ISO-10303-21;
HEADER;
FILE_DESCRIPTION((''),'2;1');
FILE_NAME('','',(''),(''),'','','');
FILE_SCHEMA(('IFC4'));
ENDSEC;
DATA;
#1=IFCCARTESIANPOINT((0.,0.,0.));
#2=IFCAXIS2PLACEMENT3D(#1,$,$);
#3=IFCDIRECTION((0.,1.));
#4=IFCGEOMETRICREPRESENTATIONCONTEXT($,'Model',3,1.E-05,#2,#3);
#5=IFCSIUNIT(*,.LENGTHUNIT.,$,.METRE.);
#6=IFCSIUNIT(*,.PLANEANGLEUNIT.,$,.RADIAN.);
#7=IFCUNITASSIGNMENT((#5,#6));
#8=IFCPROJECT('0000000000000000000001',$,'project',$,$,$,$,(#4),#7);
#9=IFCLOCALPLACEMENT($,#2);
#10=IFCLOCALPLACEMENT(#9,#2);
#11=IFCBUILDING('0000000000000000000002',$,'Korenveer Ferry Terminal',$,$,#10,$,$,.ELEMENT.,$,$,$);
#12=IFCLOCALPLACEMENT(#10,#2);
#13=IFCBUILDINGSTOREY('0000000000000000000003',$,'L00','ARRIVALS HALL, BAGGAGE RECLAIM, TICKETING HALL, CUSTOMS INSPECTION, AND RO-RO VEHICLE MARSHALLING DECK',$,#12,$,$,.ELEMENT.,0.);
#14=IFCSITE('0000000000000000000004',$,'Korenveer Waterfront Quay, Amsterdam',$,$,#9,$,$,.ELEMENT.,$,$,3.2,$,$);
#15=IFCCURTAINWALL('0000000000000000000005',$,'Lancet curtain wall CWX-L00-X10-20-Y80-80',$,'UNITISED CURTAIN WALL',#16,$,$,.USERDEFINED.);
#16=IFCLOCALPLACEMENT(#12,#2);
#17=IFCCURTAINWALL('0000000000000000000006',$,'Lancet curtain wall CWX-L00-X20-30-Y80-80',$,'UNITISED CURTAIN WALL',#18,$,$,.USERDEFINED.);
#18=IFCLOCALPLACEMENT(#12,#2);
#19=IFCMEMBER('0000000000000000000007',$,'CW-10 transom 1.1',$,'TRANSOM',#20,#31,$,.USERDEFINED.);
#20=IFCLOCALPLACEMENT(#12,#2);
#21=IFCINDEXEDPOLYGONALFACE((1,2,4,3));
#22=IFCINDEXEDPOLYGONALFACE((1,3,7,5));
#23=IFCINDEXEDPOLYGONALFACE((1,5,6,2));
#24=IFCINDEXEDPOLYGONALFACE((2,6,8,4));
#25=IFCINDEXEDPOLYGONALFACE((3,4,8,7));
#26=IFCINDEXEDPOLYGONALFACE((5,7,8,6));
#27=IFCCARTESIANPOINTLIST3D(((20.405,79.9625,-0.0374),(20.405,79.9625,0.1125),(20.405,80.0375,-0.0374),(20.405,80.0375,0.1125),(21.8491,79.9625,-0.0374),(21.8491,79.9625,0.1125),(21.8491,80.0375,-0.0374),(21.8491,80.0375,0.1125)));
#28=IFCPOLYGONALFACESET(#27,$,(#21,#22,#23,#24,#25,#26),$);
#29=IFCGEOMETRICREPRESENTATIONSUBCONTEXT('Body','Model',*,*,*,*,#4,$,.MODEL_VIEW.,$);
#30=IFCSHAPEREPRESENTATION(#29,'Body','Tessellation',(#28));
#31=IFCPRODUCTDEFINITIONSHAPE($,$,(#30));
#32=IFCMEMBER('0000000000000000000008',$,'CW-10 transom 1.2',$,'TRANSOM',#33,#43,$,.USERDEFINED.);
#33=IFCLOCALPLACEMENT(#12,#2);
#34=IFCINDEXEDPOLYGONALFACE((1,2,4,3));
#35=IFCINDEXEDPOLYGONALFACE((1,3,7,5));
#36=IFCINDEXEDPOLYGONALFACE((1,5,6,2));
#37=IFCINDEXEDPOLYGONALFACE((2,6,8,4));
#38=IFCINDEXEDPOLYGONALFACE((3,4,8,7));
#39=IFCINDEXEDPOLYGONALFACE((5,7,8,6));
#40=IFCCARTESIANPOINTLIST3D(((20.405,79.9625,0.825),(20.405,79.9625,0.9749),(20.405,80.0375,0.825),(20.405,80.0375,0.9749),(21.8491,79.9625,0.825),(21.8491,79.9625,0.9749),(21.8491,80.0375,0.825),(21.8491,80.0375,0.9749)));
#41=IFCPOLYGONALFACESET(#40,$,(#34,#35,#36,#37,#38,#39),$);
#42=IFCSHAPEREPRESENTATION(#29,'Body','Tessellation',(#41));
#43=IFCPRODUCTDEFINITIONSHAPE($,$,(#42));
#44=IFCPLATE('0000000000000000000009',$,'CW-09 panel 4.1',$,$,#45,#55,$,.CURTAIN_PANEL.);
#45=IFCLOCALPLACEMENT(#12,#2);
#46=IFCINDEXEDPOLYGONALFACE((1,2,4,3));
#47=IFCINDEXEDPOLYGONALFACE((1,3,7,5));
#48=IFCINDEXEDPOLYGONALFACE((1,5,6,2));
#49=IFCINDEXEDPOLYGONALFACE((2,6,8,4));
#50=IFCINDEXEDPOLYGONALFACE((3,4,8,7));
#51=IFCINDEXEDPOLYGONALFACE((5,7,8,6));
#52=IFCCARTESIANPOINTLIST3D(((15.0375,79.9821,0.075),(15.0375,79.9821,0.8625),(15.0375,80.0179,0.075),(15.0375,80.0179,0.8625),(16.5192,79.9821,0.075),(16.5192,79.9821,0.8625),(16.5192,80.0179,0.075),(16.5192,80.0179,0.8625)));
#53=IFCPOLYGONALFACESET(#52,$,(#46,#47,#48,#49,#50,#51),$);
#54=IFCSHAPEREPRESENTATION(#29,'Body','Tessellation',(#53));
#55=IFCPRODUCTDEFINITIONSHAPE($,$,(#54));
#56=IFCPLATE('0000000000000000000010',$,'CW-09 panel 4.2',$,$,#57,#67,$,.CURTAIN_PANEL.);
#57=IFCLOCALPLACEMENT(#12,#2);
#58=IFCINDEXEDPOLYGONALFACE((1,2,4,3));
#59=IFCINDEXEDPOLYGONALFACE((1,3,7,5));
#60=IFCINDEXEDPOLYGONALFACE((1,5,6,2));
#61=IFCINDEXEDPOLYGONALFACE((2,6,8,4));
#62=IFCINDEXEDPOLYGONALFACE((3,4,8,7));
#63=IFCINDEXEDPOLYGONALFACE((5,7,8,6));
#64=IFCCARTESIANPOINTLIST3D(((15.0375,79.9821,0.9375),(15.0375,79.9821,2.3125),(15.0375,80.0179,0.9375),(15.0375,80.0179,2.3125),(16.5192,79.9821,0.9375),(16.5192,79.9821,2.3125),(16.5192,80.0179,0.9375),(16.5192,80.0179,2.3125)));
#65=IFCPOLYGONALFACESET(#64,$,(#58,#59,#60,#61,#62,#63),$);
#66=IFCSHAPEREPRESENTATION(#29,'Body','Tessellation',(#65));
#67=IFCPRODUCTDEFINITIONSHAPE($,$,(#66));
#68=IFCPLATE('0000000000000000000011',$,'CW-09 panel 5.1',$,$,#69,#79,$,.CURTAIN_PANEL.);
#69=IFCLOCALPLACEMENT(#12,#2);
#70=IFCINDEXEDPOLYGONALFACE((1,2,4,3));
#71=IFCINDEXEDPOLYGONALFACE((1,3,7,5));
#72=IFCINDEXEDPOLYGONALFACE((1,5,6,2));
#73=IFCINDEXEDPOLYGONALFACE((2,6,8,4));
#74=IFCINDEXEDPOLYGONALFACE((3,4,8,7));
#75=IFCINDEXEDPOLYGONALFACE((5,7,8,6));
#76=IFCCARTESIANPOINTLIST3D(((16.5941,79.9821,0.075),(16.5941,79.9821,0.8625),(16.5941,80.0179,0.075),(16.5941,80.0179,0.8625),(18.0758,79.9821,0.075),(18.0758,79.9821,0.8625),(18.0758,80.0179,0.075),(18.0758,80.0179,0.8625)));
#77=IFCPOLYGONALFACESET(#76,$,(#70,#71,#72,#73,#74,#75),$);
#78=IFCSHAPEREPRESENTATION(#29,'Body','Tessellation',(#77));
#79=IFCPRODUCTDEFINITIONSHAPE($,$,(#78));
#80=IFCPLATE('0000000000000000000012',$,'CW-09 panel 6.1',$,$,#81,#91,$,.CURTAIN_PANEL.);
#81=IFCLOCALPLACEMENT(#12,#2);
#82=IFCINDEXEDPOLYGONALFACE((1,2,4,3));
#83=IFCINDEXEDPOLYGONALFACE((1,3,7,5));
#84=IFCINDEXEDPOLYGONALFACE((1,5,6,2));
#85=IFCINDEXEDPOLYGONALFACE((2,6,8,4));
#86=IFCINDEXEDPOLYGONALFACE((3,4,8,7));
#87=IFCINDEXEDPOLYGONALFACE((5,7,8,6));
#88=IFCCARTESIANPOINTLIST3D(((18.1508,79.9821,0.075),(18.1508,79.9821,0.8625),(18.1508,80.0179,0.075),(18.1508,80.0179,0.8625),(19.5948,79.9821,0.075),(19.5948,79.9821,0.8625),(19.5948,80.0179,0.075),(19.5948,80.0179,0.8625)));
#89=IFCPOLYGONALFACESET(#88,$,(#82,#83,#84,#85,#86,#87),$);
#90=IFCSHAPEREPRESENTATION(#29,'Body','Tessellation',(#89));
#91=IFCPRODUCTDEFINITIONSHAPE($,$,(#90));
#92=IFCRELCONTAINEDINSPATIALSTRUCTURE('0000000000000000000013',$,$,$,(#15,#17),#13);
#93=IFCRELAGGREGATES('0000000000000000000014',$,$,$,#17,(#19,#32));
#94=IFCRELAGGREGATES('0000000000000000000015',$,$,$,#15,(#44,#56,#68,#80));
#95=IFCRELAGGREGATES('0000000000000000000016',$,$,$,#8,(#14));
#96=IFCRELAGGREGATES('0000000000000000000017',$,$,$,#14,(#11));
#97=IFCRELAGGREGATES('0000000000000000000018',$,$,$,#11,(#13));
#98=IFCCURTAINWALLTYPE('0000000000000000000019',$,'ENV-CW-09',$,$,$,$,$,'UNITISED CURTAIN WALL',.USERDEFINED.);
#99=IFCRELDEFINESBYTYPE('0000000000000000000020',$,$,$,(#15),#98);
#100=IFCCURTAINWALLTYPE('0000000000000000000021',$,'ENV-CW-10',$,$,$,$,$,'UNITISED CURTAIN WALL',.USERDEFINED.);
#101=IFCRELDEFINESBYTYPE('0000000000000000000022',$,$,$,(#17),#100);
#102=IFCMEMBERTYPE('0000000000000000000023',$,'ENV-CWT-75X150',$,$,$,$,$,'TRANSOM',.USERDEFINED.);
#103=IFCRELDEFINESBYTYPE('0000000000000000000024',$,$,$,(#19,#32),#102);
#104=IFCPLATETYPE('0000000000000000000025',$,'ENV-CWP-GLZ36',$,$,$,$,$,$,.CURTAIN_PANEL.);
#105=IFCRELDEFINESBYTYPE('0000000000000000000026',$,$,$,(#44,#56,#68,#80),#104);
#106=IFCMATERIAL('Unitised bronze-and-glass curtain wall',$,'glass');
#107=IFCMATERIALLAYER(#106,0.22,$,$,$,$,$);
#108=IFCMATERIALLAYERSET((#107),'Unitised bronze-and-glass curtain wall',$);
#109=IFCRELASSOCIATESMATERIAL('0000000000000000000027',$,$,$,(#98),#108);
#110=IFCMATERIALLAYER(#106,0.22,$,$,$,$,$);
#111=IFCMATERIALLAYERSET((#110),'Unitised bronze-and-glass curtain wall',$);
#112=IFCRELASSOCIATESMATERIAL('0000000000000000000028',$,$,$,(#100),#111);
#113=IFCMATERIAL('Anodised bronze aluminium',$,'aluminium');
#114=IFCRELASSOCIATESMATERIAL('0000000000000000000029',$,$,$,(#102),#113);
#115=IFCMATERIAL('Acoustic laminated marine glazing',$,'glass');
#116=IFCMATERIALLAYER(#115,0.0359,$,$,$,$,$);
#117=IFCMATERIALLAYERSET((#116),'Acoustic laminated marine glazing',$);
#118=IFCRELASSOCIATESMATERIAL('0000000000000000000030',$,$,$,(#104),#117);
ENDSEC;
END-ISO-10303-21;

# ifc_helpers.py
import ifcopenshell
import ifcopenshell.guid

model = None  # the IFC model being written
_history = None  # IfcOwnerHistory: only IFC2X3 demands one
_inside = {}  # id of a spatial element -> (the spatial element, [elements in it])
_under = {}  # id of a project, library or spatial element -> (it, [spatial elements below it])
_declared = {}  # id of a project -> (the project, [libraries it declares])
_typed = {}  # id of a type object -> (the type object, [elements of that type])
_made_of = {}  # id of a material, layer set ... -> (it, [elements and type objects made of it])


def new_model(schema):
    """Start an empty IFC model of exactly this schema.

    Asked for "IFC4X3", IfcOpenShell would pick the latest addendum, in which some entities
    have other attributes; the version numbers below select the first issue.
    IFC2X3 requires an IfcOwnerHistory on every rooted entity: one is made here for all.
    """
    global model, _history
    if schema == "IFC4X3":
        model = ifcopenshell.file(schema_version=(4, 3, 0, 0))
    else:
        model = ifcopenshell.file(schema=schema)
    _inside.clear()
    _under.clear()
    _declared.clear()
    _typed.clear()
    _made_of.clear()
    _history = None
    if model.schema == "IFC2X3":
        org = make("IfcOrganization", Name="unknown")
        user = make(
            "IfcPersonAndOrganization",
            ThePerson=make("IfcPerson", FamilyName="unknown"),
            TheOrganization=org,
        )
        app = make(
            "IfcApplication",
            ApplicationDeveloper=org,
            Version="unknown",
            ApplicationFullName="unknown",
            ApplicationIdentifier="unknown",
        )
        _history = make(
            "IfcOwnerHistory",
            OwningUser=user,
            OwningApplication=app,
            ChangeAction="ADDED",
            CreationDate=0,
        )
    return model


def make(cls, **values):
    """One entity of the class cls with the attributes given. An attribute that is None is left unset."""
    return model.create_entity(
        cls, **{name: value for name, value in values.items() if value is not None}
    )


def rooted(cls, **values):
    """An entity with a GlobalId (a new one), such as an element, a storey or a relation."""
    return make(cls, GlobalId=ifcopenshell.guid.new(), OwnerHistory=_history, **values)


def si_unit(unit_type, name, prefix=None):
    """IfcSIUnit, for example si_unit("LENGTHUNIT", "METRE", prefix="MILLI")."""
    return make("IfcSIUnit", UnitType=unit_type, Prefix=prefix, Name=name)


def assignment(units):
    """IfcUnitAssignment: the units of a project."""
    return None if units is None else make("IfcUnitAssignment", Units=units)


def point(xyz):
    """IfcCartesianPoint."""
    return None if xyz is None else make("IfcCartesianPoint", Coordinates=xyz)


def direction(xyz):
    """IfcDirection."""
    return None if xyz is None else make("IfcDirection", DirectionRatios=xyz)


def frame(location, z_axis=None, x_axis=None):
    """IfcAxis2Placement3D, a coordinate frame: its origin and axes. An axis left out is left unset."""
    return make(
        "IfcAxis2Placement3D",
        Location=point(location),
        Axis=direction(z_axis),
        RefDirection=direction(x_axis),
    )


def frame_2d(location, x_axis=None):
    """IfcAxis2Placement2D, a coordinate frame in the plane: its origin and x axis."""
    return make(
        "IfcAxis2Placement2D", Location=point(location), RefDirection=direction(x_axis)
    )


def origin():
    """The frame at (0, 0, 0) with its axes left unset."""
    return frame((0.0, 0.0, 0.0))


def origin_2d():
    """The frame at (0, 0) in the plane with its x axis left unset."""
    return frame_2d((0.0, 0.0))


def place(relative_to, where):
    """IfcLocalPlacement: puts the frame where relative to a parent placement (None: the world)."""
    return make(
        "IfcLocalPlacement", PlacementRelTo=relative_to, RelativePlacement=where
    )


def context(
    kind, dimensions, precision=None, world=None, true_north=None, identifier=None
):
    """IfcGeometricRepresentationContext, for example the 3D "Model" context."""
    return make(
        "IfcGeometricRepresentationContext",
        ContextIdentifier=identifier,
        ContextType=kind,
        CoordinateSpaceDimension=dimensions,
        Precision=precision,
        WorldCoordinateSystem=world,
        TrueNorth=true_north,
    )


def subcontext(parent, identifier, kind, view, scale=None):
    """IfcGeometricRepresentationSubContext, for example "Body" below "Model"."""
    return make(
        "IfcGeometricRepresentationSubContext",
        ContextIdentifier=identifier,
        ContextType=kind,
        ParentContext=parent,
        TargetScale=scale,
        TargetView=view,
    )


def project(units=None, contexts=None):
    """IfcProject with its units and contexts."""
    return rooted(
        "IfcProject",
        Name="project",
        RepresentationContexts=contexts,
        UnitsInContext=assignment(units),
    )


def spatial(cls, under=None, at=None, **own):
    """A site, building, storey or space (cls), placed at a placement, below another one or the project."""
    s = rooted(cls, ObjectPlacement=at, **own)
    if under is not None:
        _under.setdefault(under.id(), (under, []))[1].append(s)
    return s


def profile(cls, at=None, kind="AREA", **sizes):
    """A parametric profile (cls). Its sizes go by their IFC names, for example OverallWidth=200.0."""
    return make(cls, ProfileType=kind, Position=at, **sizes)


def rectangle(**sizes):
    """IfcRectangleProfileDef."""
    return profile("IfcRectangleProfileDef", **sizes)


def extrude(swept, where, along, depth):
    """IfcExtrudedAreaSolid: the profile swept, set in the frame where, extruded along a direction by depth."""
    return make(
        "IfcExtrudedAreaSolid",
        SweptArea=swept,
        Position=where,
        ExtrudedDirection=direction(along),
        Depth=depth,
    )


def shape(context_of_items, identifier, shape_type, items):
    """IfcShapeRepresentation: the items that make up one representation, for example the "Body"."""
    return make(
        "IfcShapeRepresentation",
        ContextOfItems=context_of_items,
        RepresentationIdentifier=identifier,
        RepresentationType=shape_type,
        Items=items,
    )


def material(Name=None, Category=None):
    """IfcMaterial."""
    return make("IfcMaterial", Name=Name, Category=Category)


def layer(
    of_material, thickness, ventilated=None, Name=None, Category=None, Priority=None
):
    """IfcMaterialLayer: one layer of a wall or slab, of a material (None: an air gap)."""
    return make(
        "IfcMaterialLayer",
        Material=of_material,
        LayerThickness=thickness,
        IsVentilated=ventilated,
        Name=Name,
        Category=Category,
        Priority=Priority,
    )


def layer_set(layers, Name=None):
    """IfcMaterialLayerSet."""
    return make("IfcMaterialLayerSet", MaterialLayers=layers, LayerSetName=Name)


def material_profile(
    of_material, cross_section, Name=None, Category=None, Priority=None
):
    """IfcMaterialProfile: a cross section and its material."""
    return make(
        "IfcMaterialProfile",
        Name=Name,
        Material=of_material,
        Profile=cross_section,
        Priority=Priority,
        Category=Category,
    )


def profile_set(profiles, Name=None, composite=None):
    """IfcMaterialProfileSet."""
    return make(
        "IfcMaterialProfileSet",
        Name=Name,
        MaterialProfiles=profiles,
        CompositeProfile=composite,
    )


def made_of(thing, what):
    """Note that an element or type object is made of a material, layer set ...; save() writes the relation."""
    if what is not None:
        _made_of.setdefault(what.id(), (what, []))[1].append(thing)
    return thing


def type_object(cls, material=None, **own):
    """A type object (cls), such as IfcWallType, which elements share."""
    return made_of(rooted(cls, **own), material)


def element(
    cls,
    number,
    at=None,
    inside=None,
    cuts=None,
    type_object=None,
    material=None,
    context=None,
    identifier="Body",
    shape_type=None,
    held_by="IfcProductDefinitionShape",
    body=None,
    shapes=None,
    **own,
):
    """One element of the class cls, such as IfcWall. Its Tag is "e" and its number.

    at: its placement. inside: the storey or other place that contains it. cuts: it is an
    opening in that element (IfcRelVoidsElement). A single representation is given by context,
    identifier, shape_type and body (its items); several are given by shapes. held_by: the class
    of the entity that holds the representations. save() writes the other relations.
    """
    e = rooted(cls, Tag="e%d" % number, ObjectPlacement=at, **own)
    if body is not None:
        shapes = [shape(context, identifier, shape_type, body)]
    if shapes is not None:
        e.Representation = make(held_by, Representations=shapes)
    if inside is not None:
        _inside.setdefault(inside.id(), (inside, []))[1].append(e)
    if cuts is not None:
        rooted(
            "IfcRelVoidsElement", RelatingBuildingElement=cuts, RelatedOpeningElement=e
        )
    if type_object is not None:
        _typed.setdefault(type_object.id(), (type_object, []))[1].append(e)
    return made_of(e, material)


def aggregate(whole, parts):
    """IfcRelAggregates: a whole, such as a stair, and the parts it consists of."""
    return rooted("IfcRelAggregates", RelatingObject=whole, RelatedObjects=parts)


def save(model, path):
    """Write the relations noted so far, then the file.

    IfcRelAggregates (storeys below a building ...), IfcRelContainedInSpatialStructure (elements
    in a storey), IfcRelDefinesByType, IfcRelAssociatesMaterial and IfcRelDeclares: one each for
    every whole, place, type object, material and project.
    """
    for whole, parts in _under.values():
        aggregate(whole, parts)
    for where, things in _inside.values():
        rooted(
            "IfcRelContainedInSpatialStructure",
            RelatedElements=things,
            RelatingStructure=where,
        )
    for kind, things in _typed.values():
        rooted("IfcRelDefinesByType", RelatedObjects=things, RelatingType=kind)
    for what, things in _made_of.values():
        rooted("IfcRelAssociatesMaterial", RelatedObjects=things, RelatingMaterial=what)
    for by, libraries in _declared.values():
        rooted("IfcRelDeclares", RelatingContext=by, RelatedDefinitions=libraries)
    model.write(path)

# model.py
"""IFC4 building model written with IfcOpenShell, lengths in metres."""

from ifc_helpers import new_model, si_unit, direction, frame, origin, origin_2d, place, context, subcontext, project, spatial, rectangle, extrude, material, layer, layer_set, material_profile, profile_set, type_object, element, aggregate, save


model = new_model("IFC4")

# Units and contexts
model_context = context("Model", 3, precision=1e-05, world=origin(), true_north=direction((0.0, 1.0)))
body_context = subcontext(model_context, "Body", "Model", "MODEL_VIEW")
ifc_project = project(units=[si_unit("LENGTHUNIT", "METRE"), si_unit("PLANEANGLEUNIT", "RADIAN")], contexts=[model_context])

# Site, building, storey
site_placement = place(None, origin())
site = spatial("IfcSite", under=ifc_project, at=site_placement, Name="Korenveer Waterfront Quay, Amsterdam", CompositionType="ELEMENT", RefElevation=3.2)
building_placement = place(site_placement, origin())
building = spatial("IfcBuilding", under=site, at=building_placement, Name="Korenveer Ferry Terminal", CompositionType="ELEMENT")
storey_placement = place(building_placement, origin())
storey = spatial("IfcBuildingStorey", under=building, at=storey_placement, Name="L00", Description="ARRIVALS HALL, BAGGAGE RECLAIM, TICKETING HALL, CUSTOMS INSPECTION, AND RO-RO VEHICLE MARSHALLING DECK", CompositionType="ELEMENT", Elevation=0.0)

# Curtain wall
ifc_material_1 = material(Name="Unitised bronze-and-glass curtain wall", Category="glass")
ifc_layer_1 = layer(ifc_material_1, 0.22)
ifc_layer_set_1 = layer_set([ifc_layer_1], Name="Unitised bronze-and-glass curtain wall")
curtain_wall_type_1 = type_object("IfcCurtainWallType", Name="ENV-CW-09", ElementType="UNITISED CURTAIN WALL", PredefinedType="USERDEFINED", material=ifc_layer_set_1)
curtain_wall_1_placement = place(storey_placement, frame((10.3301, 80.0, 0.0)))
curtain_wall_1 = element("IfcCurtainWall", 1, at=curtain_wall_1_placement, inside=storey, type_object=curtain_wall_type_1, Name="Lancet curtain wall CWX-L00-X10-20-Y80-80", ObjectType="UNITISED CURTAIN WALL", PredefinedType="USERDEFINED")
ifc_material_2 = material(Name="Anodised bronze aluminium", Category="aluminium")

# Curtain wall
ifc_layer_2 = layer(ifc_material_1, 0.22)
ifc_layer_set_2 = layer_set([ifc_layer_2], Name="Unitised bronze-and-glass curtain wall")
curtain_wall_type_2 = type_object("IfcCurtainWallType", Name="ENV-CW-10", ElementType="UNITISED CURTAIN WALL", PredefinedType="USERDEFINED", material=ifc_layer_set_2)
curtain_wall_2_placement = place(storey_placement, frame((20.3301, 80.0, 0.0)))
curtain_wall_2 = element("IfcCurtainWall", 2, at=curtain_wall_2_placement, inside=storey, type_object=curtain_wall_type_2, Name="Lancet curtain wall CWX-L00-X20-30-Y80-80", ObjectType="UNITISED CURTAIN WALL", PredefinedType="USERDEFINED")

# Members
ifc_material_profile_1 = material_profile(ifc_material_2, rectangle(XDim=0.075, YDim=0.1499, at=origin_2d()), Name="ALU 75x150")
ifc_profile_set_1 = profile_set([ifc_material_profile_1], Name="Anodised bronze aluminium")
member_type_1 = type_object("IfcMemberType", Name="ENV-CWT-75X150", ElementType="TRANSOM", PredefinedType="USERDEFINED", material=ifc_profile_set_1)
member_1_placement = place(storey_placement, frame((20.405, 80.0, 0.0376), z_axis=(1.0, 0.0, 0.0), x_axis=(0.0, 1.0, 0.0)))
member_1 = element("IfcMember", 3, at=member_1_placement, type_object=member_type_1, Name="CW-10 transom 1.1", ObjectType="TRANSOM", PredefinedType="USERDEFINED", context=body_context, shape_type="SweptSolid", body=[
    extrude(rectangle(XDim=0.075, YDim=0.1499, at=origin_2d()), origin(), (0.0, 0.0, 1.0), 1.4441),
])
member_2_placement = place(storey_placement, frame((20.405, 80.0, 0.8999), z_axis=(1.0, 0.0, 0.0), x_axis=(0.0, 1.0, 0.0)))
member_2 = element("IfcMember", 4, at=member_2_placement, type_object=member_type_1, Name="CW-10 transom 1.2", ObjectType="TRANSOM", PredefinedType="USERDEFINED", context=body_context, shape_type="SweptSolid", body=[
    extrude(rectangle(XDim=0.075, YDim=0.1499, at=origin_2d()), origin(), (0.0, 0.0, 1.0), 1.4441),
])
aggregate(curtain_wall_2, [member_1, member_2])

# Plates
ifc_material_3 = material(Name="Acoustic laminated marine glazing", Category="glass")
ifc_layer_3 = layer(ifc_material_3, 0.0359)
ifc_layer_set_3 = layer_set([ifc_layer_3], Name="Acoustic laminated marine glazing")
plate_type = type_object("IfcPlateType", Name="ENV-CWP-GLZ36", PredefinedType="CURTAIN_PANEL", material=ifc_layer_set_3)
plate_1_placement = place(storey_placement, frame((15.7783, 80.0, 0.075), z_axis=(0.0, 0.0, 1.0), x_axis=(1.0, 0.0, 0.0)))
plate_1 = element("IfcPlate", 5, at=plate_1_placement, type_object=plate_type, Name="CW-09 panel 4.1", PredefinedType="CURTAIN_PANEL", context=body_context, shape_type="SweptSolid", body=[
    extrude(rectangle(XDim=1.4817, YDim=0.0359, at=origin_2d()), origin(), (0.0, 0.0, 1.0), 0.7876),
])
plate_2_placement = place(storey_placement, frame((15.7783, 80.0, 0.9375), z_axis=(0.0, 0.0, 1.0), x_axis=(1.0, 0.0, 0.0)))
plate_2 = element("IfcPlate", 6, at=plate_2_placement, type_object=plate_type, Name="CW-09 panel 4.2", PredefinedType="CURTAIN_PANEL", context=body_context, shape_type="SweptSolid", body=[
    extrude(rectangle(XDim=1.4817, YDim=0.0359, at=origin_2d()), origin(), (0.0, 0.0, 1.0), 1.375),
])
plate_3_placement = place(storey_placement, frame((17.335, 80.0, 0.075), z_axis=(0.0, 0.0, 1.0), x_axis=(1.0, 0.0, 0.0)))
plate_3 = element("IfcPlate", 7, at=plate_3_placement, type_object=plate_type, Name="CW-09 panel 5.1", PredefinedType="CURTAIN_PANEL", context=body_context, shape_type="SweptSolid", body=[
    extrude(rectangle(XDim=1.4817, YDim=0.0359, at=origin_2d()), origin(), (0.0, 0.0, 1.0), 0.7876),
])
plate_4_placement = place(storey_placement, frame((18.8728, 80.0, 0.075), z_axis=(0.0, 0.0, 1.0), x_axis=(1.0, 0.0, 0.0)))
plate_4 = element("IfcPlate", 8, at=plate_4_placement, type_object=plate_type, Name="CW-09 panel 6.1", PredefinedType="CURTAIN_PANEL", context=body_context, shape_type="SweptSolid", body=[
    extrude(rectangle(XDim=1.4441, YDim=0.0359, at=origin_2d()), origin(), (0.0, 0.0, 1.0), 0.7876),
])
aggregate(curtain_wall_1, [plate_1, plate_2, plate_3, plate_4])

save(model, "model.ifc")
